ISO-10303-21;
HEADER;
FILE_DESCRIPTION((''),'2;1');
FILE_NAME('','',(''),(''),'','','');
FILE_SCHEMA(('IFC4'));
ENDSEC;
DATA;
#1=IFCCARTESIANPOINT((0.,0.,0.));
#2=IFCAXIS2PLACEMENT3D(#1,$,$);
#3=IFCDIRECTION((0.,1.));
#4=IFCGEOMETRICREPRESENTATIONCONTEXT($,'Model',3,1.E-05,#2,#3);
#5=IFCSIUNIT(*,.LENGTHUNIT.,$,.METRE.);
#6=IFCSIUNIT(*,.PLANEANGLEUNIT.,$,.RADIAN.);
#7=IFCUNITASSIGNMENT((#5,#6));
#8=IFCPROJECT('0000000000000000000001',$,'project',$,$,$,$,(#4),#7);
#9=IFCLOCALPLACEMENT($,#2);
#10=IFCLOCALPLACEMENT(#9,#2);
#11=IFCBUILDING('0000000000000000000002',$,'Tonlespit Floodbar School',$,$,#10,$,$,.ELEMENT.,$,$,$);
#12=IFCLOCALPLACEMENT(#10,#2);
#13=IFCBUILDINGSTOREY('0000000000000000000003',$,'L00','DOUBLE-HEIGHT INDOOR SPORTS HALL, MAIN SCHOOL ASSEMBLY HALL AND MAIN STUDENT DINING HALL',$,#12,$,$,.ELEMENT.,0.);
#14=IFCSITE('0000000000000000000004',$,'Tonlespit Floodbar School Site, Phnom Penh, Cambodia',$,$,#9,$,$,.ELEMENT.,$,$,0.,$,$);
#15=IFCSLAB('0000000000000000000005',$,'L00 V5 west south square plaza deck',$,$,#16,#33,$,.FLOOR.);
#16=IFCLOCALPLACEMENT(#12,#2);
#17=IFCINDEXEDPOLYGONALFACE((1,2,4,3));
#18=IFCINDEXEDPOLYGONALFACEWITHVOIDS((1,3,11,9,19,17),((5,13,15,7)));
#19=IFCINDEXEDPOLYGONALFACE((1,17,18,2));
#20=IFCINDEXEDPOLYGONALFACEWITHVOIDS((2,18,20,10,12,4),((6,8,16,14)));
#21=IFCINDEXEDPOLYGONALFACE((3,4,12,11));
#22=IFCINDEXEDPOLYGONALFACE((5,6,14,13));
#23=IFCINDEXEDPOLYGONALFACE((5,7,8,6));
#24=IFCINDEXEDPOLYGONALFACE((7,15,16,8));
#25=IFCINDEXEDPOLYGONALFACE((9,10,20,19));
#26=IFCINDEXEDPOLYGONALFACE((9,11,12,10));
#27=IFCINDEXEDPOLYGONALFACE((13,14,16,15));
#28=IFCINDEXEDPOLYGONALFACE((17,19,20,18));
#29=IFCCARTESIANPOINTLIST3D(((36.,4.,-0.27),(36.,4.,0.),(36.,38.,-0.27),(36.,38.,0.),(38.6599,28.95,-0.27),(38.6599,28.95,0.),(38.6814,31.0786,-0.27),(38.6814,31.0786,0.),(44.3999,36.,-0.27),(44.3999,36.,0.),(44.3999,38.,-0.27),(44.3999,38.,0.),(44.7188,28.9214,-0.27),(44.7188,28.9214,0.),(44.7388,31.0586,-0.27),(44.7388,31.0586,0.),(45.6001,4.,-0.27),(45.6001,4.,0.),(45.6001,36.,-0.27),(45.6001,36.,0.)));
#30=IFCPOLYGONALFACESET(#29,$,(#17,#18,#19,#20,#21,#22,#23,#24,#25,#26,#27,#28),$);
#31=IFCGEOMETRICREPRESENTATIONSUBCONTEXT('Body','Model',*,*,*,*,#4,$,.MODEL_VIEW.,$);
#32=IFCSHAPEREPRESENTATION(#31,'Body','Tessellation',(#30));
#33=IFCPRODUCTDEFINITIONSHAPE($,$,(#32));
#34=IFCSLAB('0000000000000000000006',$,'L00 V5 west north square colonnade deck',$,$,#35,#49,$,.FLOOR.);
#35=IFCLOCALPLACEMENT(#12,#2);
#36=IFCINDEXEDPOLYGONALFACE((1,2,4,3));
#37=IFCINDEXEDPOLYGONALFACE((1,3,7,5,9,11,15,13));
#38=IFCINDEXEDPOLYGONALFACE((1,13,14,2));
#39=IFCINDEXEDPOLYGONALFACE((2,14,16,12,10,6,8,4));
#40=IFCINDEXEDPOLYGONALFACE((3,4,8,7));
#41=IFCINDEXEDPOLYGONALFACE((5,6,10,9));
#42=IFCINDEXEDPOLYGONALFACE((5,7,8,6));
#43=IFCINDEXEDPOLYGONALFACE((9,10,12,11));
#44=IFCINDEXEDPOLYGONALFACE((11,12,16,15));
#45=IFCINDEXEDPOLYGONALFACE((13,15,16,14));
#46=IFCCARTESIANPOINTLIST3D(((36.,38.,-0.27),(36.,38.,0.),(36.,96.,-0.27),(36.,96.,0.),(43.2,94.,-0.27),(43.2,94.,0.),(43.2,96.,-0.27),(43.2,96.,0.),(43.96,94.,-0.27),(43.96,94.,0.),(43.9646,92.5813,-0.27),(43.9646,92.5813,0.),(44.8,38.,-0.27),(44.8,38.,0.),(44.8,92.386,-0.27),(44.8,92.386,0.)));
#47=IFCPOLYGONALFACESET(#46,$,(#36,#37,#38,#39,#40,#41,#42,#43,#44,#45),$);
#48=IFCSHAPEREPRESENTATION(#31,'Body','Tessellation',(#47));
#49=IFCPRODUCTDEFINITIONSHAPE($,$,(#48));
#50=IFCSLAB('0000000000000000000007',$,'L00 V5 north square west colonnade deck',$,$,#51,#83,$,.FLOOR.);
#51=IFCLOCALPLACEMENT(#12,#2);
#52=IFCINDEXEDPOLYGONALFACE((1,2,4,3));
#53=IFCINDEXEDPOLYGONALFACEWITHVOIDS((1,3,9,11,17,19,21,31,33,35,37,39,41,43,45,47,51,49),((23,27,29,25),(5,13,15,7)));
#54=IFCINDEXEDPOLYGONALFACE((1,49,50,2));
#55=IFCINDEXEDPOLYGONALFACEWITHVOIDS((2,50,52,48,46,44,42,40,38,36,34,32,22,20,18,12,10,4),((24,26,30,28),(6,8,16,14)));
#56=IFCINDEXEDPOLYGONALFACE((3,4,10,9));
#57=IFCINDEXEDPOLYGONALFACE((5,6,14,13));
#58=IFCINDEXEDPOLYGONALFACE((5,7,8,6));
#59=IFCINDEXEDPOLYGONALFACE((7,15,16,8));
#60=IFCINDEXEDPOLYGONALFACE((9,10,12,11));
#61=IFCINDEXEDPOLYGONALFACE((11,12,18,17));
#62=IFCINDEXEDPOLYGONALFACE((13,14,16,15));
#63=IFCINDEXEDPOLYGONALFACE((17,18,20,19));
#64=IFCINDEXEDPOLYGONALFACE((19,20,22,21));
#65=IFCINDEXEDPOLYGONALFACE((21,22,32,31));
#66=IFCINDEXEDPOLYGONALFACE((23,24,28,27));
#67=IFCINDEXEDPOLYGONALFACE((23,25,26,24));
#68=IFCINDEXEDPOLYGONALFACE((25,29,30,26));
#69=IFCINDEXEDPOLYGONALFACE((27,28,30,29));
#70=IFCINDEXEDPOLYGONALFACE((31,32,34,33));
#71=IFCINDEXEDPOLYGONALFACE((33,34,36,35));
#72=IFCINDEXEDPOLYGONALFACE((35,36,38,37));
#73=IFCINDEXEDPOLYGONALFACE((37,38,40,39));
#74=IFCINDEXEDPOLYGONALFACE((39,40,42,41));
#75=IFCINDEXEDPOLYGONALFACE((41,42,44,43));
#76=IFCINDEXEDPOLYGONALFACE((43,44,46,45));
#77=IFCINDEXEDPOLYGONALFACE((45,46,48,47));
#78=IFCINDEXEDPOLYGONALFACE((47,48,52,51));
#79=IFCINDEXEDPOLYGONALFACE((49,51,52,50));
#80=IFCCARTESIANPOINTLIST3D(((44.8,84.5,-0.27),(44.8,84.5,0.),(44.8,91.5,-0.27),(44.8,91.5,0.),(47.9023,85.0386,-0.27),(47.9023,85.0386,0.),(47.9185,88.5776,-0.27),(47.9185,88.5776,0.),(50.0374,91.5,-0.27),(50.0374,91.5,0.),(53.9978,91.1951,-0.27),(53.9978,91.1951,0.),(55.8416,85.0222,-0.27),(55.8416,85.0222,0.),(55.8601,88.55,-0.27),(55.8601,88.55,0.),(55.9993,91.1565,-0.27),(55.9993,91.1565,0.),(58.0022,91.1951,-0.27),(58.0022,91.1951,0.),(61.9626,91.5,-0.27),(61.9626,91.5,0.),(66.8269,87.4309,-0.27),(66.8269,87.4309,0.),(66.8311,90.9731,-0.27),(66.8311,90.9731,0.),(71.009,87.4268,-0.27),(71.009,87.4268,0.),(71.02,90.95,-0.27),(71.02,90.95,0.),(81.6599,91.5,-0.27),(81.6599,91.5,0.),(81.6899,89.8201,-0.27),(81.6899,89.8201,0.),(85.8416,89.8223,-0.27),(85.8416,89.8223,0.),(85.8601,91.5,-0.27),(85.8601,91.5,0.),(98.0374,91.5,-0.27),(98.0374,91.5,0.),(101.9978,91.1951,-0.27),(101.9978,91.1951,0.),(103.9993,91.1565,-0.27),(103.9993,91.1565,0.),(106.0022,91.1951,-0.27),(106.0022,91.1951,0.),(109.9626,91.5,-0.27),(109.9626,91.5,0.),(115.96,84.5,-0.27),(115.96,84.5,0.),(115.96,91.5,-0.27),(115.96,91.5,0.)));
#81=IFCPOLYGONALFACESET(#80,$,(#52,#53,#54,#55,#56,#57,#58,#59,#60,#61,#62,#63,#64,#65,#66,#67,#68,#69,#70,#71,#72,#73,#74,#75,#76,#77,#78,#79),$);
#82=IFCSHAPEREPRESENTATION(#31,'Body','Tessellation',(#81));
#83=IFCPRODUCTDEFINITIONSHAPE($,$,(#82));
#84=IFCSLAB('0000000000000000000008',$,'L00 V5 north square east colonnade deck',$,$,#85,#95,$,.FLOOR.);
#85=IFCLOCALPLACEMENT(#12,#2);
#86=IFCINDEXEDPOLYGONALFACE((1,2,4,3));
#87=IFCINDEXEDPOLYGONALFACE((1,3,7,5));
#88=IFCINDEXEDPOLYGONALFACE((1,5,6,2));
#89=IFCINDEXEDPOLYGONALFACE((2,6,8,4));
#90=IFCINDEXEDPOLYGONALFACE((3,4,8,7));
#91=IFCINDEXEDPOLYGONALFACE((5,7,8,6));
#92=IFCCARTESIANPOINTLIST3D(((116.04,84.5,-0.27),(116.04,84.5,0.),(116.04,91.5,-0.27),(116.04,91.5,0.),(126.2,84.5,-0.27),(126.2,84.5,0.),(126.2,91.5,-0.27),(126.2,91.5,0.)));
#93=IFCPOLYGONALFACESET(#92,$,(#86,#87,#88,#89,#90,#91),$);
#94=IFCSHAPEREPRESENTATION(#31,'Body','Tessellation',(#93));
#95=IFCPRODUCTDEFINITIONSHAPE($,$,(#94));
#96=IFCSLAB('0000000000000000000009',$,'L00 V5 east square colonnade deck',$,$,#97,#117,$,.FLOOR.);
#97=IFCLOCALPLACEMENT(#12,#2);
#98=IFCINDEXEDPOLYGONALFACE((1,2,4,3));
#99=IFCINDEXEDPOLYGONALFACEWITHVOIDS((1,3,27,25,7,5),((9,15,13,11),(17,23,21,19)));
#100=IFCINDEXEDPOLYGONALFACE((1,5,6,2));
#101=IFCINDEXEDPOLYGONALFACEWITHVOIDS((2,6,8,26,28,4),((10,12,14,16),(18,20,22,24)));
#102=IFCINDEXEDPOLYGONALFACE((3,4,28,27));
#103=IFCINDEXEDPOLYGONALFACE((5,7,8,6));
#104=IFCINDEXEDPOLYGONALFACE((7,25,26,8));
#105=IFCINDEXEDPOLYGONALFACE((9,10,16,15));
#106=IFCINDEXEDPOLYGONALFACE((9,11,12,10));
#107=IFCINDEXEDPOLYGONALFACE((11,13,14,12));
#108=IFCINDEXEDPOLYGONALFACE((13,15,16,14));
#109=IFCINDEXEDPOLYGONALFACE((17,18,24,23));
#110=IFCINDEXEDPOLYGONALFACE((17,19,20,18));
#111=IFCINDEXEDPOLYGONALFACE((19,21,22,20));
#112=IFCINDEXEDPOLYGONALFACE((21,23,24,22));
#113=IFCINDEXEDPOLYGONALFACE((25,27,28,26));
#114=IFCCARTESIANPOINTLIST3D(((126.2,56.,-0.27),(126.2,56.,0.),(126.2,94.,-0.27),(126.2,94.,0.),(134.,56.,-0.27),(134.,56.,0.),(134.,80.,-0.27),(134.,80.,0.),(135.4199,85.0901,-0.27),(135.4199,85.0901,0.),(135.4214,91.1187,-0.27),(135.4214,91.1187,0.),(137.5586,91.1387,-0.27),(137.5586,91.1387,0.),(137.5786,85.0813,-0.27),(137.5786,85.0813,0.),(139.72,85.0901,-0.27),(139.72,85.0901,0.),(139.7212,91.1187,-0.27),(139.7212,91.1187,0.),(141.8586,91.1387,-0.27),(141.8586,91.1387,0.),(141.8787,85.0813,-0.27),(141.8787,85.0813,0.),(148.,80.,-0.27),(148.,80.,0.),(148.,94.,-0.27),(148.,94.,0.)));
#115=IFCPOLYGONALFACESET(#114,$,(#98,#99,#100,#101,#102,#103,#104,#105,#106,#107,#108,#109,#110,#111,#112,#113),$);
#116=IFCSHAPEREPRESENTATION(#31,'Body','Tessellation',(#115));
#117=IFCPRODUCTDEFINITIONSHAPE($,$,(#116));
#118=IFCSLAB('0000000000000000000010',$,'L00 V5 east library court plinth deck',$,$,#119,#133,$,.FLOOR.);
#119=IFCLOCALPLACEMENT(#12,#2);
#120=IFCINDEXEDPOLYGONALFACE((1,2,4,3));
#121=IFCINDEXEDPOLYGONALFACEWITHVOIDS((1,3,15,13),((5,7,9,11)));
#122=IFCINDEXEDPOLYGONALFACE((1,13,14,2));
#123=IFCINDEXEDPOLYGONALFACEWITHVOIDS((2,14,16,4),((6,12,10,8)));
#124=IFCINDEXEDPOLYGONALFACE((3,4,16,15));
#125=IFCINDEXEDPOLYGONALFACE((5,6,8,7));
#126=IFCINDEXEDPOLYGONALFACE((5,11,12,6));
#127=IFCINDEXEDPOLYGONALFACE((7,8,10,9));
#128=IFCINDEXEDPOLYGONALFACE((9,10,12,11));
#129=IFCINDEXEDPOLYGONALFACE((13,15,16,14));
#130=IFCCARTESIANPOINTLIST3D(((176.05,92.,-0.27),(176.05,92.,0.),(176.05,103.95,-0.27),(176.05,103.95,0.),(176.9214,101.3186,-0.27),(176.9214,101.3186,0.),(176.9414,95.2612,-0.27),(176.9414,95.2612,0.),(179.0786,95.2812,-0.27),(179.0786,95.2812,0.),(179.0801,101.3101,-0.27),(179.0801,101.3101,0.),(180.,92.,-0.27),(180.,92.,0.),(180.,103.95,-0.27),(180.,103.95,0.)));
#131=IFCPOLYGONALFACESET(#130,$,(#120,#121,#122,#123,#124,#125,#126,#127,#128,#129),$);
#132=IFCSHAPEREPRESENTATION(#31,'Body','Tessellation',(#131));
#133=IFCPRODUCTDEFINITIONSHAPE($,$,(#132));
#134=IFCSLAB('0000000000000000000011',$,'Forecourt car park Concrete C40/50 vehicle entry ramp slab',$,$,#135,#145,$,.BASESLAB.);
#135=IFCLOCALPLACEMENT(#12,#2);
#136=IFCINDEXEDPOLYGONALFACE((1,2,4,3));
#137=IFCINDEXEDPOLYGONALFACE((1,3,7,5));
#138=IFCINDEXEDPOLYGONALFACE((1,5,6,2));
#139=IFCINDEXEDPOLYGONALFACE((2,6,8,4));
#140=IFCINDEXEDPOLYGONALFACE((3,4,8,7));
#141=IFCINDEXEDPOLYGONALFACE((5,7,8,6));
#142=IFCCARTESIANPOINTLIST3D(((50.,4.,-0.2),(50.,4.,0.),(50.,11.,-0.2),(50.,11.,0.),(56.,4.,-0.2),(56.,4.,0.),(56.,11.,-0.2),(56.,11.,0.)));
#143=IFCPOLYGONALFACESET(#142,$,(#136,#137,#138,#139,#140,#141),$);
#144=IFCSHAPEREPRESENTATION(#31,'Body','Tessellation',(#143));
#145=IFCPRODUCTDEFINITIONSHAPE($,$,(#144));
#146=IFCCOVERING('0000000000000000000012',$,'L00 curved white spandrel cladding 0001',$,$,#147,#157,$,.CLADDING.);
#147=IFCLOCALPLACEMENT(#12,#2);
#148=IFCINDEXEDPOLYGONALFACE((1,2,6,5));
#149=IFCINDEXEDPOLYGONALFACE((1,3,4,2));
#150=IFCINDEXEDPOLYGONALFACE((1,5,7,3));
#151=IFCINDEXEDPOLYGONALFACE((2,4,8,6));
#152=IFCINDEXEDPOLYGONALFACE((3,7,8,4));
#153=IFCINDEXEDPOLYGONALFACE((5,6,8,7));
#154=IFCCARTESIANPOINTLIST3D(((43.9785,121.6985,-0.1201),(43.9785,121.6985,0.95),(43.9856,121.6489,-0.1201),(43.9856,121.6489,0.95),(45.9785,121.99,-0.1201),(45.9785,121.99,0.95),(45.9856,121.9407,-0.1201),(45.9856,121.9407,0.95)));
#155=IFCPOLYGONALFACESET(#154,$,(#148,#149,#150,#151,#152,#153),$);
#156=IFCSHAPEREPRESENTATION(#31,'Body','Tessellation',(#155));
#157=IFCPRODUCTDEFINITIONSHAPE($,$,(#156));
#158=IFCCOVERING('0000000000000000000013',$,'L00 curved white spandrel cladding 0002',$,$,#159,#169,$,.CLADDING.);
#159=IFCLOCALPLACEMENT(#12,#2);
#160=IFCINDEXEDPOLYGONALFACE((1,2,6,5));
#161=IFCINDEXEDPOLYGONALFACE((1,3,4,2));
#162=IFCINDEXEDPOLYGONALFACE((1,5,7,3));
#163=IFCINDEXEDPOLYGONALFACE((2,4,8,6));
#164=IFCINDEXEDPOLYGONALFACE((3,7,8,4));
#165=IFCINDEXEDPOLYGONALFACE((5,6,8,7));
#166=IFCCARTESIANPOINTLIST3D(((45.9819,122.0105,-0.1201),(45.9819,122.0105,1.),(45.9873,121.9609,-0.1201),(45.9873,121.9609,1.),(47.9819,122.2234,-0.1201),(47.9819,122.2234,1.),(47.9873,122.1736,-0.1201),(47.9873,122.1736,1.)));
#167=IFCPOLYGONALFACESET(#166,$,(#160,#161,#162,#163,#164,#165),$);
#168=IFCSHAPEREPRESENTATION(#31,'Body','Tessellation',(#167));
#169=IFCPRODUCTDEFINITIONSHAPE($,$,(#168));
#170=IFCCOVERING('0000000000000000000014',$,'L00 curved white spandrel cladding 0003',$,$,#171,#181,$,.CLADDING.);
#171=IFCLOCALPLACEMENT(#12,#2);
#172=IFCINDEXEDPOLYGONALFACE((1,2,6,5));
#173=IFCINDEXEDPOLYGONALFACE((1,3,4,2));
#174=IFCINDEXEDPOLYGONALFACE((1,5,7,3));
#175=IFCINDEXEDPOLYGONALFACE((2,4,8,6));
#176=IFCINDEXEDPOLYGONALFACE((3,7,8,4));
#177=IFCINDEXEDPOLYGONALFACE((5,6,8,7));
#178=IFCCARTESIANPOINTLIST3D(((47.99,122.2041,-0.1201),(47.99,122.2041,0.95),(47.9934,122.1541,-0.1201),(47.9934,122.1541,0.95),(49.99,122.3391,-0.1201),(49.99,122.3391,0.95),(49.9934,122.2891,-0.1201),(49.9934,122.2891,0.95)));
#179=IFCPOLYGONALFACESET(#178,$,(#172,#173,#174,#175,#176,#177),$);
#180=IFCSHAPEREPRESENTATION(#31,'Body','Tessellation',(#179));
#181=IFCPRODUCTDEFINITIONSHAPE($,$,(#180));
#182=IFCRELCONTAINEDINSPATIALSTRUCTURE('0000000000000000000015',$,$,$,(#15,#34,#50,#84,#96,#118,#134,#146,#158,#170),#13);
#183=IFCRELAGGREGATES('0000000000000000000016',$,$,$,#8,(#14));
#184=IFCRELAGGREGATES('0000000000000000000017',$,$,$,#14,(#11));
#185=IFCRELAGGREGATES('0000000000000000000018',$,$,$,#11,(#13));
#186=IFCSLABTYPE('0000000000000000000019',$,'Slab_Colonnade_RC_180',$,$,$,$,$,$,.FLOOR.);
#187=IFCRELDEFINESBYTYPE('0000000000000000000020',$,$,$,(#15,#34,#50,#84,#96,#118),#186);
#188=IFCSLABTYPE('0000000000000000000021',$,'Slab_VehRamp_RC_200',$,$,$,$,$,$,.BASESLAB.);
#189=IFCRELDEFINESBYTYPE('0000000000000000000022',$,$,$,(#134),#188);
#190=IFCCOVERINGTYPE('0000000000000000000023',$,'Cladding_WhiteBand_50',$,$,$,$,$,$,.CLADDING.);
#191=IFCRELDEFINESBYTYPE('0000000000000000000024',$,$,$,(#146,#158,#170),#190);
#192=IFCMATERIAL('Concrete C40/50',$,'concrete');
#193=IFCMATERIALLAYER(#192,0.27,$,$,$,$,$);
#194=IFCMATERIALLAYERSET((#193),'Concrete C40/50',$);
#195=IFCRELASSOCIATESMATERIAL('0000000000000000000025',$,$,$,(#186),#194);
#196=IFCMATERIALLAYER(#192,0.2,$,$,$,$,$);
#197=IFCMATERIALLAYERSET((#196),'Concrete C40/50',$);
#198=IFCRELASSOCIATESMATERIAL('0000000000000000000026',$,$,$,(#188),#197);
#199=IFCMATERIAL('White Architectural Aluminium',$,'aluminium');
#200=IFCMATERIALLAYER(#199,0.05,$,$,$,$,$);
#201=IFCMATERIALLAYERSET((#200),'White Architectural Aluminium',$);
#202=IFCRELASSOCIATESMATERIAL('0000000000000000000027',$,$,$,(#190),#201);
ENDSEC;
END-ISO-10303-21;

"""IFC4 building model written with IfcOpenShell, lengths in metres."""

from ifc_helpers import new_model, si_unit, direction, frame, origin, place, context, subcontext, project, spatial, polyline, outline, extrude, material, layer, layer_set, type_object, element, save


model = new_model("IFC4")

# Units and contexts
model_context = context("Model", 3, precision=1e-05, world=origin(), true_north=direction((0.0, 1.0)))
body_context = subcontext(model_context, "Body", "Model", "MODEL_VIEW")
ifc_project = project(units=[si_unit("LENGTHUNIT", "METRE"), si_unit("PLANEANGLEUNIT", "RADIAN")], contexts=[model_context])

# Site, building, storey
site_placement = place(None, origin())
site = spatial("IfcSite", under=ifc_project, at=site_placement, Name="Tonlespit Floodbar School Site, Phnom Penh, Cambodia", CompositionType="ELEMENT", RefElevation=0.0)
building_placement = place(site_placement, origin())
building = spatial("IfcBuilding", under=site, at=building_placement, Name="Tonlespit Floodbar School", CompositionType="ELEMENT")
storey_placement = place(building_placement, origin())
storey = spatial("IfcBuildingStorey", under=building, at=storey_placement, Name="L00", Description="DOUBLE-HEIGHT INDOOR SPORTS HALL, MAIN SCHOOL ASSEMBLY HALL AND MAIN STUDENT DINING HALL", CompositionType="ELEMENT", Elevation=0.0)

# Slabs
ifc_material_1 = material(Name="Concrete C40/50", Category="concrete")
ifc_layer_1 = layer(ifc_material_1, 0.27)
ifc_layer_set_1 = layer_set([ifc_layer_1], Name="Concrete C40/50")
slab_type_1 = type_object("IfcSlabType", Name="Slab_Colonnade_RC_180", PredefinedType="FLOOR", material=ifc_layer_set_1)
slab_1_placement = place(storey_placement, frame((0.0, 0.0, -0.27)))
element("IfcSlab", 1, at=slab_1_placement, inside=storey, type_object=slab_type_1, Name="L00 V5 west south square plaza deck", PredefinedType="FLOOR", context=body_context, shape_type="SweptSolid", body=[
    extrude(outline(polyline([(36.0, 38.0), (44.3999, 38.0), (44.3999, 36.0), (45.6001, 36.0), (45.6001, 4.0), (36.0, 4.0), (36.0, 38.0)]), holes=[polyline([(38.6599, 28.95), (44.7188, 28.9214), (44.7388, 31.0586), (38.6814, 31.0786), (38.6599, 28.95)])]), origin(), (0.0, 0.0, 1.0), 0.27),
])
slab_2_placement = place(storey_placement, frame((0.0, 0.0, -0.27)))
element("IfcSlab", 2, at=slab_2_placement, inside=storey, type_object=slab_type_1, Name="L00 V5 west north square colonnade deck", PredefinedType="FLOOR", context=body_context, shape_type="SweptSolid", body=[
    extrude(outline(polyline([(36.0, 38.0), (36.0, 96.0), (43.2, 96.0), (43.2, 94.0), (43.96, 94.0), (43.9646, 92.5813), (44.8, 92.386), (44.8, 38.0), (36.0, 38.0)])), origin(), (0.0, 0.0, 1.0), 0.27),
])
slab_3_placement = place(storey_placement, frame((0.0, 0.0, -0.27)))
element("IfcSlab", 3, at=slab_3_placement, inside=storey, type_object=slab_type_1, Name="L00 V5 north square west colonnade deck", PredefinedType="FLOOR", context=body_context, shape_type="SweptSolid", body=[
    extrude(outline(polyline([(115.96, 84.5), (44.8, 84.5), (44.8, 91.5), (50.0374, 91.5), (53.9978, 91.1951), (55.9993, 91.1565), (58.0022, 91.1951), (61.9626, 91.5), (81.6599, 91.5), (81.6899, 89.8201), (85.8416, 89.8223), (85.8601, 91.5), (98.0374, 91.5), (101.9978, 91.1951), (103.9993, 91.1565), (106.0022, 91.1951), (109.9626, 91.5), (115.96, 91.5), (115.96, 84.5)]), holes=[polyline([(71.02, 90.95), (66.8311, 90.9731), (66.8269, 87.4309), (71.009, 87.4268), (71.02, 90.95)]), polyline([(55.8601, 88.55), (47.9185, 88.5776), (47.9023, 85.0386), (55.8416, 85.0222), (55.8601, 88.55)])]), origin(), (0.0, 0.0, 1.0), 0.27),
])
slab_4_placement = place(storey_placement, frame((0.0, 0.0, -0.27)))
element("IfcSlab", 4, at=slab_4_placement, inside=storey, type_object=slab_type_1, Name="L00 V5 north square east colonnade deck", PredefinedType="FLOOR", context=body_context, shape_type="SweptSolid", body=[
    extrude(outline(polyline([(126.2, 91.5), (126.2, 84.5), (116.04, 84.5), (116.04, 91.5), (126.2, 91.5)])), origin(), (0.0, 0.0, 1.0), 0.27),
])
slab_5_placement = place(storey_placement, frame((0.0, 0.0, -0.27)))
element("IfcSlab", 5, at=slab_5_placement, inside=storey, type_object=slab_type_1, Name="L00 V5 east square colonnade deck", PredefinedType="FLOOR", context=body_context, shape_type="SweptSolid", body=[
    extrude(outline(polyline([(126.2, 94.0), (148.0, 94.0), (148.0, 80.0), (134.0, 80.0), (134.0, 56.0), (126.2, 56.0), (126.2, 94.0)]), holes=[polyline([(139.72, 85.0901), (141.8787, 85.0813), (141.8586, 91.1387), (139.7212, 91.1187), (139.72, 85.0901)]), polyline([(135.4199, 85.0901), (137.5786, 85.0813), (137.5586, 91.1387), (135.4214, 91.1187), (135.4199, 85.0901)])]), origin(), (0.0, 0.0, 1.0), 0.27),
])
slab_6_placement = place(storey_placement, frame((0.0, 0.0, -0.27)))
element("IfcSlab", 6, at=slab_6_placement, inside=storey, type_object=slab_type_1, Name="L00 V5 east library court plinth deck", PredefinedType="FLOOR", context=body_context, shape_type="SweptSolid", body=[
    extrude(outline(polyline([(176.05, 103.95), (180.0, 103.95), (180.0, 92.0), (176.05, 92.0), (176.05, 103.95)]), holes=[polyline([(179.0801, 101.3101), (176.9214, 101.3186), (176.9414, 95.2612), (179.0786, 95.2812), (179.0801, 101.3101)])]), origin(), (0.0, 0.0, 1.0), 0.27),
])
ifc_layer_2 = layer(ifc_material_1, 0.2)
ifc_layer_set_2 = layer_set([ifc_layer_2], Name="Concrete C40/50")
slab_type_2 = type_object("IfcSlabType", Name="Slab_VehRamp_RC_200", PredefinedType="BASESLAB", material=ifc_layer_set_2)
slab_7_placement = place(storey_placement, frame((0.0, 0.0, -0.2)))
element("IfcSlab", 7, at=slab_7_placement, inside=storey, type_object=slab_type_2, Name="Forecourt car park Concrete C40/50 vehicle entry ramp slab", PredefinedType="BASESLAB", context=body_context, shape_type="SweptSolid", body=[
    extrude(outline(polyline([(50.0, 4.0), (56.0, 4.0), (56.0, 11.0), (50.0, 11.0), (50.0, 4.0)])), origin(), (0.0, 0.0, 1.0), 0.2),
])

# Coverings
ifc_material_2 = material(Name="White Architectural Aluminium", Category="aluminium")
ifc_layer_3 = layer(ifc_material_2, 0.05)
ifc_layer_set_3 = layer_set([ifc_layer_3], Name="White Architectural Aluminium")
covering_type = type_object("IfcCoveringType", Name="Cladding_WhiteBand_50", PredefinedType="CLADDING", material=ifc_layer_set_3)
covering_1_placement = place(storey_placement, frame((0.0, 0.0, -0.1201)))
element("IfcCovering", 8, at=covering_1_placement, inside=storey, type_object=covering_type, Name="L00 curved white spandrel cladding 0001", PredefinedType="CLADDING", context=body_context, shape_type="SweptSolid", body=[
    extrude(outline(polyline([(43.9856, 121.6489), (45.9856, 121.9407), (45.9785, 121.99), (43.9785, 121.6985), (43.9856, 121.6489)])), origin(), (0.0, 0.0, 1.0), 1.0701),
])
covering_2_placement = place(storey_placement, frame((0.0, 0.0, -0.1201)))
element("IfcCovering", 9, at=covering_2_placement, inside=storey, type_object=covering_type, Name="L00 curved white spandrel cladding 0002", PredefinedType="CLADDING", context=body_context, shape_type="SweptSolid", body=[
    extrude(outline(polyline([(45.9873, 121.9609), (47.9873, 122.1736), (47.9819, 122.2234), (45.9819, 122.0105), (45.9873, 121.9609)])), origin(), (0.0, 0.0, 1.0), 1.1201),
])
covering_3_placement = place(storey_placement, frame((0.0, 0.0, -0.1201)))
element("IfcCovering", 10, at=covering_3_placement, inside=storey, type_object=covering_type, Name="L00 curved white spandrel cladding 0003", PredefinedType="CLADDING", context=body_context, shape_type="SweptSolid", body=[
    extrude(outline(polyline([(47.9934, 122.1541), (49.9934, 122.2891), (49.99, 122.3391), (47.99, 122.2041), (47.9934, 122.1541)])), origin(), (0.0, 0.0, 1.0), 1.0701),
])

save(model, "model.ifc")
